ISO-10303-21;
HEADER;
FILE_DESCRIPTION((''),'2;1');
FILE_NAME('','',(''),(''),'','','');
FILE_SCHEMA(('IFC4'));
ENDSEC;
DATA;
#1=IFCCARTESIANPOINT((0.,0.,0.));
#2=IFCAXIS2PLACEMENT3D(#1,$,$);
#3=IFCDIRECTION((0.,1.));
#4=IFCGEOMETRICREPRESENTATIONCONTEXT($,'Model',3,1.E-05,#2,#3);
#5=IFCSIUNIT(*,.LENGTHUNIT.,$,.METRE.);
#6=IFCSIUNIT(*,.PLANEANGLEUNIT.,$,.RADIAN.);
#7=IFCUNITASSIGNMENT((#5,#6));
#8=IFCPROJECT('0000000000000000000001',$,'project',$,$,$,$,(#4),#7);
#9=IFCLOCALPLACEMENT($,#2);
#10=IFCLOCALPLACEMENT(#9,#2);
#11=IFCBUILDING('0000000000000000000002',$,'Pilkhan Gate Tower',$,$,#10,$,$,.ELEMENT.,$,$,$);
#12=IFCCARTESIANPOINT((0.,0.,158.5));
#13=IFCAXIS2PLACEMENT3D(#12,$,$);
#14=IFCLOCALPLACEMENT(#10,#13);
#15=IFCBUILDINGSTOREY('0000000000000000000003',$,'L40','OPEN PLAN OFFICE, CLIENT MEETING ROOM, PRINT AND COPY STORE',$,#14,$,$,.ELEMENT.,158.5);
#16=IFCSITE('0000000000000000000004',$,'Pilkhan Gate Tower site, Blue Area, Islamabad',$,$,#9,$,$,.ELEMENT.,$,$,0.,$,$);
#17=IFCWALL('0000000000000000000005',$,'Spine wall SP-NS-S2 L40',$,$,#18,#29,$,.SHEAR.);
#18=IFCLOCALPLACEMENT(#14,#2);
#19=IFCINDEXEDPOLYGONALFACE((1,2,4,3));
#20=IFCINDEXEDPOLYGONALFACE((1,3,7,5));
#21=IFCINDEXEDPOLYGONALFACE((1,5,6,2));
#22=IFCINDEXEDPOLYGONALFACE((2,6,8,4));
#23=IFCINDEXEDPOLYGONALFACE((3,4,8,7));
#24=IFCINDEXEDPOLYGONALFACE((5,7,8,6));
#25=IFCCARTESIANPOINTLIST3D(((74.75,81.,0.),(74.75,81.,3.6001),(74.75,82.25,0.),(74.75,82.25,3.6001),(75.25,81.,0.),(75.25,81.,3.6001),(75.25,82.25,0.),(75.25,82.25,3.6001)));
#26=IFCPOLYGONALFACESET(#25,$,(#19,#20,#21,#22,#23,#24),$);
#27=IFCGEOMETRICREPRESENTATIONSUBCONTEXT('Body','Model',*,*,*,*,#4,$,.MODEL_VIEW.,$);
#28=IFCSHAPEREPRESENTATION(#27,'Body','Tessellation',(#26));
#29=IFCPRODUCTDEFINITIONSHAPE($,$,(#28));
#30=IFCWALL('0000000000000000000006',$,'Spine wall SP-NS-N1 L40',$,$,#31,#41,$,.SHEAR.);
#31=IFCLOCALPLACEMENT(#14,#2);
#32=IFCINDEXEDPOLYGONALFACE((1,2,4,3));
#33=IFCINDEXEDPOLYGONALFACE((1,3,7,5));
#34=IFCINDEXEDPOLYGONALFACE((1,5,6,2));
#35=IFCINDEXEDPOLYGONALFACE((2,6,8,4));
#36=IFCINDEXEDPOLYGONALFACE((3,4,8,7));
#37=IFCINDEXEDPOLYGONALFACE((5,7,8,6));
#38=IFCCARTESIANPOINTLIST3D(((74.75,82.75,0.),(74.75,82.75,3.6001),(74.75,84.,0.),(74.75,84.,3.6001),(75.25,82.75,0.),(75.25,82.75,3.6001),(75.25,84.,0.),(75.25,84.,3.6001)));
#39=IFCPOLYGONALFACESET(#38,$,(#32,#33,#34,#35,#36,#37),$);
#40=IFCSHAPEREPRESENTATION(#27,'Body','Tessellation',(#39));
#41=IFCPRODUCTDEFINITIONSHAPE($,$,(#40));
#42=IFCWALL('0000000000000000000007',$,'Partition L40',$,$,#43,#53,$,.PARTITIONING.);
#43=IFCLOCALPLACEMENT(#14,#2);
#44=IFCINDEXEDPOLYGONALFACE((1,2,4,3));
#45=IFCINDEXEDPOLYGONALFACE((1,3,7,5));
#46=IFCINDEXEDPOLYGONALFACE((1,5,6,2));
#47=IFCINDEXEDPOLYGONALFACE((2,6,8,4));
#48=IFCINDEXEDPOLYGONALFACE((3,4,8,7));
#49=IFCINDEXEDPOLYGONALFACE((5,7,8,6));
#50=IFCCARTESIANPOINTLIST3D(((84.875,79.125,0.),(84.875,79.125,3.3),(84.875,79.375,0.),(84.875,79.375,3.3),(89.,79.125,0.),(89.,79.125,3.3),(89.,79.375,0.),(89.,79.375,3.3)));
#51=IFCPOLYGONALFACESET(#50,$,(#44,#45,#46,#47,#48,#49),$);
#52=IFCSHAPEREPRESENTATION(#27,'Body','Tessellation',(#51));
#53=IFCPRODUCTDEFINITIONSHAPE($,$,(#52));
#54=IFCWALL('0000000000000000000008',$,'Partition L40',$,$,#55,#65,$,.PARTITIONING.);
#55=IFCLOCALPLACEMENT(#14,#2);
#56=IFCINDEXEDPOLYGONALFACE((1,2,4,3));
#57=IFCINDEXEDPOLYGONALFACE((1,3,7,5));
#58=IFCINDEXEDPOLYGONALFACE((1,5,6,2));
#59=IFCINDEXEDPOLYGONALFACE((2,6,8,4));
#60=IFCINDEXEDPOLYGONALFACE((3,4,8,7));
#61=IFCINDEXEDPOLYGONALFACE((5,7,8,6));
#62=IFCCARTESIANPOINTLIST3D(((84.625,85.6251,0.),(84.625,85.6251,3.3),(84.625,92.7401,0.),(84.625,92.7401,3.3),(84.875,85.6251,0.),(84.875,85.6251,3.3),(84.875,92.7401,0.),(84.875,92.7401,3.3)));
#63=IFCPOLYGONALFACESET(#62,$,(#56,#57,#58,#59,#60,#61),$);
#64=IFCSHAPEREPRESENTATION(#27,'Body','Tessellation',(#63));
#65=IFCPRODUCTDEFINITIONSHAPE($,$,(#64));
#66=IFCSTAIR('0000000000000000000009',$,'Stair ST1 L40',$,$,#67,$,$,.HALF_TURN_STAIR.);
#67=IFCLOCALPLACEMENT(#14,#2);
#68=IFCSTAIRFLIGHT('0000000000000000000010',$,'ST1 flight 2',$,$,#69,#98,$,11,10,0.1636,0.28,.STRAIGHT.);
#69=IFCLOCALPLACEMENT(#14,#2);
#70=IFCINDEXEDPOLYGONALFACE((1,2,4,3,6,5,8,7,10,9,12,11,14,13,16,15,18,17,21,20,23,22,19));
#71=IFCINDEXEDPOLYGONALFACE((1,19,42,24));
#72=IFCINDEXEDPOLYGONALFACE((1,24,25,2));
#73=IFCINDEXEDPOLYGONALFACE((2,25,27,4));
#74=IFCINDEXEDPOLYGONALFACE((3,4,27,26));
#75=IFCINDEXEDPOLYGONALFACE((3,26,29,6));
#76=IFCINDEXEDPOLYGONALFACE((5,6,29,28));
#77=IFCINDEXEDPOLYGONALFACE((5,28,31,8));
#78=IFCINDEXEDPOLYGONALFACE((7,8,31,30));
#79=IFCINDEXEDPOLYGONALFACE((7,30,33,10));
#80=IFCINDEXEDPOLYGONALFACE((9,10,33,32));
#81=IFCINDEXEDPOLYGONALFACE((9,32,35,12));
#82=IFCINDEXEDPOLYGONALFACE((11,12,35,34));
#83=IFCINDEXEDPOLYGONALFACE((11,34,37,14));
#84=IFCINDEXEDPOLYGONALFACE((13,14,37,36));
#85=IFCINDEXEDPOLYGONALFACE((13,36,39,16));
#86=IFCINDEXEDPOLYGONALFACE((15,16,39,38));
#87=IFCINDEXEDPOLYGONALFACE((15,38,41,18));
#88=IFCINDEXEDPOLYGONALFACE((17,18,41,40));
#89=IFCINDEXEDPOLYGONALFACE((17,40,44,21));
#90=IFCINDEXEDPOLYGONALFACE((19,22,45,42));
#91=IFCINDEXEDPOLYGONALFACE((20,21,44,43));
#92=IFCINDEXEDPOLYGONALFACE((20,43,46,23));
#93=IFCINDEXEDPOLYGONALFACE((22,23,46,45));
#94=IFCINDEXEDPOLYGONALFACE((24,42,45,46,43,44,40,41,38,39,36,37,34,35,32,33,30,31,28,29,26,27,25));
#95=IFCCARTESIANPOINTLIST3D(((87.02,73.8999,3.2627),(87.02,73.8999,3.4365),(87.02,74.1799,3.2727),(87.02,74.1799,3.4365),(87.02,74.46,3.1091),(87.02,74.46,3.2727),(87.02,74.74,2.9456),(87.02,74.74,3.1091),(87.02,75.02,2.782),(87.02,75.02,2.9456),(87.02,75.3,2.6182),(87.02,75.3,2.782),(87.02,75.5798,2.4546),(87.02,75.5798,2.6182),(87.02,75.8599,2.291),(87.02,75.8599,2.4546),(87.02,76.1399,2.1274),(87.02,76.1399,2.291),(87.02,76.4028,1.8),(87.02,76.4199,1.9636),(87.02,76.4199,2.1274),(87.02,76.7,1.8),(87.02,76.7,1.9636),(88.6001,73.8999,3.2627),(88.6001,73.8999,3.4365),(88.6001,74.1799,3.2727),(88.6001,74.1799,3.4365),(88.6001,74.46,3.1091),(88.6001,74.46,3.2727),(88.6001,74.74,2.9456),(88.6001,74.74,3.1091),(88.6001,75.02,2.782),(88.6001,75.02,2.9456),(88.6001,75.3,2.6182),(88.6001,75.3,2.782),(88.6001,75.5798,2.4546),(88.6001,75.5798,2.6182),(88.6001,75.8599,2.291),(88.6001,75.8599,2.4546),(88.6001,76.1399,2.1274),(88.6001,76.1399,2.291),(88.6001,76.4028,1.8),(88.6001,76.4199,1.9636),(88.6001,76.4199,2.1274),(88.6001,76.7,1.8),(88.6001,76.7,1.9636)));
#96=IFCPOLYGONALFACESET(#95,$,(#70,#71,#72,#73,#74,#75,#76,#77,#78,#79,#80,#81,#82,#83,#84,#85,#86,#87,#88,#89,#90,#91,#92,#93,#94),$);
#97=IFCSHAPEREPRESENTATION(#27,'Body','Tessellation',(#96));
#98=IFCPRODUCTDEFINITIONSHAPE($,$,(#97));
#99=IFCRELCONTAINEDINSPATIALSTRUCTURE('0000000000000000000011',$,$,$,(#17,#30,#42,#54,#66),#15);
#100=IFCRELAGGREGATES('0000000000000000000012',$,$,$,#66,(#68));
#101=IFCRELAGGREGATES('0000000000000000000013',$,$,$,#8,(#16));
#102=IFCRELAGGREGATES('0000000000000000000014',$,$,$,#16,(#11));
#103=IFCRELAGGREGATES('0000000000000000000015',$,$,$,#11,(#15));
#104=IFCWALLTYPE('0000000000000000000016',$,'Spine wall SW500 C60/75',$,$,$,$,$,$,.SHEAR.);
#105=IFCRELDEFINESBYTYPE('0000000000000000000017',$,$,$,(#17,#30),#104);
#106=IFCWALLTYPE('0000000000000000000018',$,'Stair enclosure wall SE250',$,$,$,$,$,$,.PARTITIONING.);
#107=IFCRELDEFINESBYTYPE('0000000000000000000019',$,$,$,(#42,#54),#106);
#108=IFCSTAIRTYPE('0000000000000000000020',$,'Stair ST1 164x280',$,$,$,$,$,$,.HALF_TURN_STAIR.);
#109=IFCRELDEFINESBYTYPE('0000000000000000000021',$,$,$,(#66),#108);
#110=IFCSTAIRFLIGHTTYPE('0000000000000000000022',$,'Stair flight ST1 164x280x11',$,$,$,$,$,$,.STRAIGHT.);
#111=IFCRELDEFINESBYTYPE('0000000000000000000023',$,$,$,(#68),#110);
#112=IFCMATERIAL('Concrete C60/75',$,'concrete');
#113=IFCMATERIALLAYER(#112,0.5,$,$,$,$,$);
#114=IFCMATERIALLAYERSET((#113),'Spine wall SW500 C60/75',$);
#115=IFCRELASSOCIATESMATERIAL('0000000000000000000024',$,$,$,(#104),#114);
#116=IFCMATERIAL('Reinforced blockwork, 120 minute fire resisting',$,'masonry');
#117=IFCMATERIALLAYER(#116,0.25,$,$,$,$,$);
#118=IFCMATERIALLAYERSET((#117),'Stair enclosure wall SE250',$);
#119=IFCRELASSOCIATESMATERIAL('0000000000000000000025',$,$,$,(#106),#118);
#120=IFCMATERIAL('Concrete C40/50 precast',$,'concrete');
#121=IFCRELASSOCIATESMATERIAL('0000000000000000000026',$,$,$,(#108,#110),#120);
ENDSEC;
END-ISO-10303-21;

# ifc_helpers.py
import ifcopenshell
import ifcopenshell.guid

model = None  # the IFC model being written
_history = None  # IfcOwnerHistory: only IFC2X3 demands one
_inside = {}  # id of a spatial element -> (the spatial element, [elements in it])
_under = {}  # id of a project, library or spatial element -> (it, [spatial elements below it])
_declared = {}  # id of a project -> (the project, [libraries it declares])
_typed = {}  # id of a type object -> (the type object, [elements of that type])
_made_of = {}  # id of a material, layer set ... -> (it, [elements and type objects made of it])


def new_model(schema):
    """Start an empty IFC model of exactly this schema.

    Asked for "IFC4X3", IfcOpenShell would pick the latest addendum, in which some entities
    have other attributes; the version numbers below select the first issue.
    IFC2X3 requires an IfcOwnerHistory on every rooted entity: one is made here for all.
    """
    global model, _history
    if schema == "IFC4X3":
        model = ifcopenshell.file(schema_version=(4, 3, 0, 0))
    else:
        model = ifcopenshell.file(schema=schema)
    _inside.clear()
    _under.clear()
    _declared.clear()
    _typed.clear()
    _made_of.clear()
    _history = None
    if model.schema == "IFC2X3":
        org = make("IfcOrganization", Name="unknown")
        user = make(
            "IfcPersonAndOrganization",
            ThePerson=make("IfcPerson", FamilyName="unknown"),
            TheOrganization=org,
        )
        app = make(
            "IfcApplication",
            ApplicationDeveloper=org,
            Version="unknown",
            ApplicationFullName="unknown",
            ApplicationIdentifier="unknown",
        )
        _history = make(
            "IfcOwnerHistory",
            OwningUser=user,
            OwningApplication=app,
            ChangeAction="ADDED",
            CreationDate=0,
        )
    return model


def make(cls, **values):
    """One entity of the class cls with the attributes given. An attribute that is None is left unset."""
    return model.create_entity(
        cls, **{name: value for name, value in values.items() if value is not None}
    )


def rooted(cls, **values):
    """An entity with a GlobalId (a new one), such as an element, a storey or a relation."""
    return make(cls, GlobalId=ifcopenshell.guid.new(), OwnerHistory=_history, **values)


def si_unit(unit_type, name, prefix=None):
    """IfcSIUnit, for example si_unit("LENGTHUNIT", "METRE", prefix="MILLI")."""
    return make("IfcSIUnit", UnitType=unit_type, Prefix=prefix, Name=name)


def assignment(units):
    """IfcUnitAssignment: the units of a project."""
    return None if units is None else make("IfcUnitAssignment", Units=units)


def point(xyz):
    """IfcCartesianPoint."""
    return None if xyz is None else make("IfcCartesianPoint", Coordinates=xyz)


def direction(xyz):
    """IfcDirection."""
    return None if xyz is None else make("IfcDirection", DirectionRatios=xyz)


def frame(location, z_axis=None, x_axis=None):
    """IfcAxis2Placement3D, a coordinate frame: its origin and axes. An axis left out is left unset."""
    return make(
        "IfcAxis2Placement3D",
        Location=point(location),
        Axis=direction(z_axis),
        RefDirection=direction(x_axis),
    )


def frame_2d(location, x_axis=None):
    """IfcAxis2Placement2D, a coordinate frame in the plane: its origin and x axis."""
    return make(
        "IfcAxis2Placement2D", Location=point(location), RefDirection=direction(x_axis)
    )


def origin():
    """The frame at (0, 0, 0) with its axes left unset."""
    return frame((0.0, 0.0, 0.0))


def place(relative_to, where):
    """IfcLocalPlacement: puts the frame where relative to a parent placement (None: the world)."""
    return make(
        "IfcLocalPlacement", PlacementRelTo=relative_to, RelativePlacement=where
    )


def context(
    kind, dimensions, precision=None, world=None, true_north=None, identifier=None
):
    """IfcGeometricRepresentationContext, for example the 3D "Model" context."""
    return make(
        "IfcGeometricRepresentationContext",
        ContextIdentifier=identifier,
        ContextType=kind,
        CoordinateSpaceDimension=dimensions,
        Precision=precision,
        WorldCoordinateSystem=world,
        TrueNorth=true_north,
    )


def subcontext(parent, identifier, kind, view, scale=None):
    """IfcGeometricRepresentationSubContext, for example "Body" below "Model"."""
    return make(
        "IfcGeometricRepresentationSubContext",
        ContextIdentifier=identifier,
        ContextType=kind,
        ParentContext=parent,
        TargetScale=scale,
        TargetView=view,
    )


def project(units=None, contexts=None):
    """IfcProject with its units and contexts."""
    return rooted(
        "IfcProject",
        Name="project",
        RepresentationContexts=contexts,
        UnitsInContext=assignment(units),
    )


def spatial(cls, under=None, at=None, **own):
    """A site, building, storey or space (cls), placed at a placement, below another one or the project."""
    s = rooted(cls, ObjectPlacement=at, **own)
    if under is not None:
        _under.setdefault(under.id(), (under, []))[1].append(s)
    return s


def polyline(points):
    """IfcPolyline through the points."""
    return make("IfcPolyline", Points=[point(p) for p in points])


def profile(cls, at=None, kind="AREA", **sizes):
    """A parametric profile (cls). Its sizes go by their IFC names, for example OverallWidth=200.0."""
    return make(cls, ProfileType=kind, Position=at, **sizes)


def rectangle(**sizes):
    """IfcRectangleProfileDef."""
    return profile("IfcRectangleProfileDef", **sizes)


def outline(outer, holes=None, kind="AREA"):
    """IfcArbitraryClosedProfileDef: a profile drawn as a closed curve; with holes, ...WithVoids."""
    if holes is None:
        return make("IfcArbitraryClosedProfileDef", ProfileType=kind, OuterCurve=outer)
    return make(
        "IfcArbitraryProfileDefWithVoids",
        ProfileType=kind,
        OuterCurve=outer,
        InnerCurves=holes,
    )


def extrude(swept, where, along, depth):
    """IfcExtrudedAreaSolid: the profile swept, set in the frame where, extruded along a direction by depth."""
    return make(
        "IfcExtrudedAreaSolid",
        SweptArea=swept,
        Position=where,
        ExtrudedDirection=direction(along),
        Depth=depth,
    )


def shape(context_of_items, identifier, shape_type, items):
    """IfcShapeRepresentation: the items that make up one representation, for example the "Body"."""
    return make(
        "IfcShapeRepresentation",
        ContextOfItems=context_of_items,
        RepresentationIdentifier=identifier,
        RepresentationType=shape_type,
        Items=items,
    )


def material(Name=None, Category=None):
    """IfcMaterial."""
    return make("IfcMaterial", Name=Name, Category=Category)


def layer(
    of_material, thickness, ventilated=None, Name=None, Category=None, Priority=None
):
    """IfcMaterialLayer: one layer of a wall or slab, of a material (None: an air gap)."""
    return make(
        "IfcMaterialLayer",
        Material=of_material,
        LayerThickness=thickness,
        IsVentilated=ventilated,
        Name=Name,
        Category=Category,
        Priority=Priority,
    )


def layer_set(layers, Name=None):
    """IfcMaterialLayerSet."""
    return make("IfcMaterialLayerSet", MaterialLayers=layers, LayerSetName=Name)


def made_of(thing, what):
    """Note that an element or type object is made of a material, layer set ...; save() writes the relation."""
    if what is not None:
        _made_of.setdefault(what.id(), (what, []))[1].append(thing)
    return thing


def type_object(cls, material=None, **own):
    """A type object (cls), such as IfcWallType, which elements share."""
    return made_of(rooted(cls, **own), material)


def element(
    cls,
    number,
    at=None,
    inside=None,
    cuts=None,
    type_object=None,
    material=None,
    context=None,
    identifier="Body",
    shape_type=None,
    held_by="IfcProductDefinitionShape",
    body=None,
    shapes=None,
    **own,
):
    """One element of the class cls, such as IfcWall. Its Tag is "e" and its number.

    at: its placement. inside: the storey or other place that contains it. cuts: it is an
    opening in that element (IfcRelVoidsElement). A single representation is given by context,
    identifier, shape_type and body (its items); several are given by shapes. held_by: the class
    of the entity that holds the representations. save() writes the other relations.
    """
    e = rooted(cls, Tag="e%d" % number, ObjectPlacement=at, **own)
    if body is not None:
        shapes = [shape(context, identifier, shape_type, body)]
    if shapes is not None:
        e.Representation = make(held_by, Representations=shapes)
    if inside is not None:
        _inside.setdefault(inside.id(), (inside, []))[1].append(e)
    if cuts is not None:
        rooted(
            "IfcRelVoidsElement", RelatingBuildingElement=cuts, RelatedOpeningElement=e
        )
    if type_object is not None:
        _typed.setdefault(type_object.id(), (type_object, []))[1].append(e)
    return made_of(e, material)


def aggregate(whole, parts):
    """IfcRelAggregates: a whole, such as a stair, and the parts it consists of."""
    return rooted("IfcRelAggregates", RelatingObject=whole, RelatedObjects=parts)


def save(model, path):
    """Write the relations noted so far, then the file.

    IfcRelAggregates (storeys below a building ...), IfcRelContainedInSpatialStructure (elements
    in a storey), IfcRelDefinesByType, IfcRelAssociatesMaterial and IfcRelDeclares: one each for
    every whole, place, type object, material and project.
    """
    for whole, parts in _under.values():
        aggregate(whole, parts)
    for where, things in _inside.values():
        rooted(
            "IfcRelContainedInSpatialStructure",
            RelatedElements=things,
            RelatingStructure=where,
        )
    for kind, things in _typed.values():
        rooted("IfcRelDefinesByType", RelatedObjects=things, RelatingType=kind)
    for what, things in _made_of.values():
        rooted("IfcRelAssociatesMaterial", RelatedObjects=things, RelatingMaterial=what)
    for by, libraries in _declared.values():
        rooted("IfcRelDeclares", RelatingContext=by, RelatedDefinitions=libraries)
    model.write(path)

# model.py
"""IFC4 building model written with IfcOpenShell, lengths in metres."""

from ifc_helpers import new_model, si_unit, direction, frame, frame_2d, origin, place, context, subcontext, project, spatial, polyline, rectangle, outline, extrude, material, layer, layer_set, type_object, element, aggregate, save


model = new_model("IFC4")

# Units and contexts
model_context = context("Model", 3, precision=1e-05, world=origin(), true_north=direction((0.0, 1.0)))
body_context = subcontext(model_context, "Body", "Model", "MODEL_VIEW")
ifc_project = project(units=[si_unit("LENGTHUNIT", "METRE"), si_unit("PLANEANGLEUNIT", "RADIAN")], contexts=[model_context])

# Site, building, storey
site_placement = place(None, origin())
site = spatial("IfcSite", under=ifc_project, at=site_placement, Name="Pilkhan Gate Tower site, Blue Area, Islamabad", CompositionType="ELEMENT", RefElevation=0.0)
building_placement = place(site_placement, origin())
building = spatial("IfcBuilding", under=site, at=building_placement, Name="Pilkhan Gate Tower", CompositionType="ELEMENT")
storey_placement = place(building_placement, frame((0.0, 0.0, 158.5)))
storey = spatial("IfcBuildingStorey", under=building, at=storey_placement, Name="L40", Description="OPEN PLAN OFFICE, CLIENT MEETING ROOM, PRINT AND COPY STORE", CompositionType="ELEMENT", Elevation=158.5)

# Shared definitions
ifc_material_1 = material(Name="Concrete C60/75", Category="concrete")

# Walls
ifc_layer_1 = layer(ifc_material_1, 0.5)
ifc_layer_set_1 = layer_set([ifc_layer_1], Name="Spine wall SW500 C60/75")
wall_type_1 = type_object("IfcWallType", Name="Spine wall SW500 C60/75", PredefinedType="SHEAR", material=ifc_layer_set_1)
for number, where, z_axis, x_axis, name in (
    (1, (75.0, 81.0, 0.0), (0.0, 0.0, 1.0), (0.0, 1.0, 0.0), "Spine wall SP-NS-S2 L40"),
    (2, (75.0, 82.75, 0.0), (0.0, 0.0, 1.0), (0.0, 1.0, 0.0), "Spine wall SP-NS-N1 L40"),
):
    element("IfcWall", number, at=place(storey_placement, frame(where, z_axis=z_axis, x_axis=x_axis)), inside=storey, type_object=wall_type_1, Name=name, PredefinedType="SHEAR", context=body_context, shape_type="SweptSolid", body=[
        extrude(rectangle(XDim=1.25, YDim=0.5, at=frame_2d((0.625, 0.0))), origin(), (0.0, 0.0, 1.0), 3.6001),
    ])
ifc_material_2 = material(Name="Reinforced blockwork, 120 minute fire resisting", Category="masonry")
ifc_layer_2 = layer(ifc_material_2, 0.25)
ifc_layer_set_2 = layer_set([ifc_layer_2], Name="Stair enclosure wall SE250")
wall_type_2 = type_object("IfcWallType", Name="Stair enclosure wall SE250", PredefinedType="PARTITIONING", material=ifc_layer_set_2)
wall_1_placement = place(storey_placement, frame((84.875, 79.25, 0.0), z_axis=(0.0, 0.0, 1.0), x_axis=(1.0, 0.0, 0.0)))
element("IfcWall", 3, at=wall_1_placement, inside=storey, type_object=wall_type_2, Name="Partition L40", PredefinedType="PARTITIONING", context=body_context, shape_type="SweptSolid", body=[
    extrude(rectangle(XDim=4.125, YDim=0.25, at=frame_2d((2.0625, 0.0))), origin(), (0.0, 0.0, 1.0), 3.3),
])
wall_2_placement = place(storey_placement, frame((84.75, 85.625, 0.0), z_axis=(0.0, 0.0, 1.0), x_axis=(0.0, 1.0, 0.0)))
element("IfcWall", 4, at=wall_2_placement, inside=storey, type_object=wall_type_2, Name="Partition L40", PredefinedType="PARTITIONING", context=body_context, shape_type="SweptSolid", body=[
    extrude(rectangle(XDim=7.115, YDim=0.25, at=frame_2d((3.5576, 0.0))), origin(), (0.0, 0.0, 1.0), 3.3),
])

# Stair, stair flight
ifc_material_3 = material(Name="Concrete C40/50 precast", Category="concrete")
stair_type = type_object("IfcStairType", Name="Stair ST1 164x280", PredefinedType="HALF_TURN_STAIR", material=ifc_material_3)
stair_placement = place(storey_placement, origin())
stair = element("IfcStair", 5, at=stair_placement, inside=storey, type_object=stair_type, Name="Stair ST1 L40", PredefinedType="HALF_TURN_STAIR")
stair_flight_type = type_object("IfcStairFlightType", Name="Stair flight ST1 164x280x11", PredefinedType="STRAIGHT", material=ifc_material_3)
stair_flight_placement = place(storey_placement, frame((87.8101, 76.7, 1.8), z_axis=(0.0, 0.0, 1.0), x_axis=(0.0, -1.0, 0.0)))
stair_flight = element("IfcStairFlight", 6, at=stair_flight_placement, type_object=stair_flight_type, Name="ST1 flight 2", NumberOfRisers=11, NumberOfTreads=10, PredefinedType="STRAIGHT", RiserHeight=0.1636, TreadLength=0.28, context=body_context, shape_type="SweptSolid", body=[
    extrude(outline(polyline([(0.0, 0.0), (0.0, 0.1636), (0.28, 0.1636), (0.28, 0.3274), (0.5601, 0.3274), (0.5601, 0.491), (0.8401, 0.491), (0.8401, 0.6545), (1.1201, 0.6545), (1.1201, 0.8181), (1.3999, 0.8181), (1.3999, 0.9819), (1.6799, 0.9819), (1.6799, 1.1455), (1.96, 1.1455), (1.96, 1.3091), (2.24, 1.3091), (2.24, 1.4727), (2.52, 1.4727), (2.52, 1.6365), (2.8, 1.6365), (2.8, 1.8), (2.8, 1.4626), (0.2971, 0.0), (0.0, 0.0)])), frame((0.0, 0.79, 0.0), z_axis=(0.0, -1.0, 0.0), x_axis=(1.0, 0.0, 0.0)), (0.0, 0.0, 1.0), 1.5801),
])
aggregate(stair, [stair_flight])

save(model, "model.ifc")
